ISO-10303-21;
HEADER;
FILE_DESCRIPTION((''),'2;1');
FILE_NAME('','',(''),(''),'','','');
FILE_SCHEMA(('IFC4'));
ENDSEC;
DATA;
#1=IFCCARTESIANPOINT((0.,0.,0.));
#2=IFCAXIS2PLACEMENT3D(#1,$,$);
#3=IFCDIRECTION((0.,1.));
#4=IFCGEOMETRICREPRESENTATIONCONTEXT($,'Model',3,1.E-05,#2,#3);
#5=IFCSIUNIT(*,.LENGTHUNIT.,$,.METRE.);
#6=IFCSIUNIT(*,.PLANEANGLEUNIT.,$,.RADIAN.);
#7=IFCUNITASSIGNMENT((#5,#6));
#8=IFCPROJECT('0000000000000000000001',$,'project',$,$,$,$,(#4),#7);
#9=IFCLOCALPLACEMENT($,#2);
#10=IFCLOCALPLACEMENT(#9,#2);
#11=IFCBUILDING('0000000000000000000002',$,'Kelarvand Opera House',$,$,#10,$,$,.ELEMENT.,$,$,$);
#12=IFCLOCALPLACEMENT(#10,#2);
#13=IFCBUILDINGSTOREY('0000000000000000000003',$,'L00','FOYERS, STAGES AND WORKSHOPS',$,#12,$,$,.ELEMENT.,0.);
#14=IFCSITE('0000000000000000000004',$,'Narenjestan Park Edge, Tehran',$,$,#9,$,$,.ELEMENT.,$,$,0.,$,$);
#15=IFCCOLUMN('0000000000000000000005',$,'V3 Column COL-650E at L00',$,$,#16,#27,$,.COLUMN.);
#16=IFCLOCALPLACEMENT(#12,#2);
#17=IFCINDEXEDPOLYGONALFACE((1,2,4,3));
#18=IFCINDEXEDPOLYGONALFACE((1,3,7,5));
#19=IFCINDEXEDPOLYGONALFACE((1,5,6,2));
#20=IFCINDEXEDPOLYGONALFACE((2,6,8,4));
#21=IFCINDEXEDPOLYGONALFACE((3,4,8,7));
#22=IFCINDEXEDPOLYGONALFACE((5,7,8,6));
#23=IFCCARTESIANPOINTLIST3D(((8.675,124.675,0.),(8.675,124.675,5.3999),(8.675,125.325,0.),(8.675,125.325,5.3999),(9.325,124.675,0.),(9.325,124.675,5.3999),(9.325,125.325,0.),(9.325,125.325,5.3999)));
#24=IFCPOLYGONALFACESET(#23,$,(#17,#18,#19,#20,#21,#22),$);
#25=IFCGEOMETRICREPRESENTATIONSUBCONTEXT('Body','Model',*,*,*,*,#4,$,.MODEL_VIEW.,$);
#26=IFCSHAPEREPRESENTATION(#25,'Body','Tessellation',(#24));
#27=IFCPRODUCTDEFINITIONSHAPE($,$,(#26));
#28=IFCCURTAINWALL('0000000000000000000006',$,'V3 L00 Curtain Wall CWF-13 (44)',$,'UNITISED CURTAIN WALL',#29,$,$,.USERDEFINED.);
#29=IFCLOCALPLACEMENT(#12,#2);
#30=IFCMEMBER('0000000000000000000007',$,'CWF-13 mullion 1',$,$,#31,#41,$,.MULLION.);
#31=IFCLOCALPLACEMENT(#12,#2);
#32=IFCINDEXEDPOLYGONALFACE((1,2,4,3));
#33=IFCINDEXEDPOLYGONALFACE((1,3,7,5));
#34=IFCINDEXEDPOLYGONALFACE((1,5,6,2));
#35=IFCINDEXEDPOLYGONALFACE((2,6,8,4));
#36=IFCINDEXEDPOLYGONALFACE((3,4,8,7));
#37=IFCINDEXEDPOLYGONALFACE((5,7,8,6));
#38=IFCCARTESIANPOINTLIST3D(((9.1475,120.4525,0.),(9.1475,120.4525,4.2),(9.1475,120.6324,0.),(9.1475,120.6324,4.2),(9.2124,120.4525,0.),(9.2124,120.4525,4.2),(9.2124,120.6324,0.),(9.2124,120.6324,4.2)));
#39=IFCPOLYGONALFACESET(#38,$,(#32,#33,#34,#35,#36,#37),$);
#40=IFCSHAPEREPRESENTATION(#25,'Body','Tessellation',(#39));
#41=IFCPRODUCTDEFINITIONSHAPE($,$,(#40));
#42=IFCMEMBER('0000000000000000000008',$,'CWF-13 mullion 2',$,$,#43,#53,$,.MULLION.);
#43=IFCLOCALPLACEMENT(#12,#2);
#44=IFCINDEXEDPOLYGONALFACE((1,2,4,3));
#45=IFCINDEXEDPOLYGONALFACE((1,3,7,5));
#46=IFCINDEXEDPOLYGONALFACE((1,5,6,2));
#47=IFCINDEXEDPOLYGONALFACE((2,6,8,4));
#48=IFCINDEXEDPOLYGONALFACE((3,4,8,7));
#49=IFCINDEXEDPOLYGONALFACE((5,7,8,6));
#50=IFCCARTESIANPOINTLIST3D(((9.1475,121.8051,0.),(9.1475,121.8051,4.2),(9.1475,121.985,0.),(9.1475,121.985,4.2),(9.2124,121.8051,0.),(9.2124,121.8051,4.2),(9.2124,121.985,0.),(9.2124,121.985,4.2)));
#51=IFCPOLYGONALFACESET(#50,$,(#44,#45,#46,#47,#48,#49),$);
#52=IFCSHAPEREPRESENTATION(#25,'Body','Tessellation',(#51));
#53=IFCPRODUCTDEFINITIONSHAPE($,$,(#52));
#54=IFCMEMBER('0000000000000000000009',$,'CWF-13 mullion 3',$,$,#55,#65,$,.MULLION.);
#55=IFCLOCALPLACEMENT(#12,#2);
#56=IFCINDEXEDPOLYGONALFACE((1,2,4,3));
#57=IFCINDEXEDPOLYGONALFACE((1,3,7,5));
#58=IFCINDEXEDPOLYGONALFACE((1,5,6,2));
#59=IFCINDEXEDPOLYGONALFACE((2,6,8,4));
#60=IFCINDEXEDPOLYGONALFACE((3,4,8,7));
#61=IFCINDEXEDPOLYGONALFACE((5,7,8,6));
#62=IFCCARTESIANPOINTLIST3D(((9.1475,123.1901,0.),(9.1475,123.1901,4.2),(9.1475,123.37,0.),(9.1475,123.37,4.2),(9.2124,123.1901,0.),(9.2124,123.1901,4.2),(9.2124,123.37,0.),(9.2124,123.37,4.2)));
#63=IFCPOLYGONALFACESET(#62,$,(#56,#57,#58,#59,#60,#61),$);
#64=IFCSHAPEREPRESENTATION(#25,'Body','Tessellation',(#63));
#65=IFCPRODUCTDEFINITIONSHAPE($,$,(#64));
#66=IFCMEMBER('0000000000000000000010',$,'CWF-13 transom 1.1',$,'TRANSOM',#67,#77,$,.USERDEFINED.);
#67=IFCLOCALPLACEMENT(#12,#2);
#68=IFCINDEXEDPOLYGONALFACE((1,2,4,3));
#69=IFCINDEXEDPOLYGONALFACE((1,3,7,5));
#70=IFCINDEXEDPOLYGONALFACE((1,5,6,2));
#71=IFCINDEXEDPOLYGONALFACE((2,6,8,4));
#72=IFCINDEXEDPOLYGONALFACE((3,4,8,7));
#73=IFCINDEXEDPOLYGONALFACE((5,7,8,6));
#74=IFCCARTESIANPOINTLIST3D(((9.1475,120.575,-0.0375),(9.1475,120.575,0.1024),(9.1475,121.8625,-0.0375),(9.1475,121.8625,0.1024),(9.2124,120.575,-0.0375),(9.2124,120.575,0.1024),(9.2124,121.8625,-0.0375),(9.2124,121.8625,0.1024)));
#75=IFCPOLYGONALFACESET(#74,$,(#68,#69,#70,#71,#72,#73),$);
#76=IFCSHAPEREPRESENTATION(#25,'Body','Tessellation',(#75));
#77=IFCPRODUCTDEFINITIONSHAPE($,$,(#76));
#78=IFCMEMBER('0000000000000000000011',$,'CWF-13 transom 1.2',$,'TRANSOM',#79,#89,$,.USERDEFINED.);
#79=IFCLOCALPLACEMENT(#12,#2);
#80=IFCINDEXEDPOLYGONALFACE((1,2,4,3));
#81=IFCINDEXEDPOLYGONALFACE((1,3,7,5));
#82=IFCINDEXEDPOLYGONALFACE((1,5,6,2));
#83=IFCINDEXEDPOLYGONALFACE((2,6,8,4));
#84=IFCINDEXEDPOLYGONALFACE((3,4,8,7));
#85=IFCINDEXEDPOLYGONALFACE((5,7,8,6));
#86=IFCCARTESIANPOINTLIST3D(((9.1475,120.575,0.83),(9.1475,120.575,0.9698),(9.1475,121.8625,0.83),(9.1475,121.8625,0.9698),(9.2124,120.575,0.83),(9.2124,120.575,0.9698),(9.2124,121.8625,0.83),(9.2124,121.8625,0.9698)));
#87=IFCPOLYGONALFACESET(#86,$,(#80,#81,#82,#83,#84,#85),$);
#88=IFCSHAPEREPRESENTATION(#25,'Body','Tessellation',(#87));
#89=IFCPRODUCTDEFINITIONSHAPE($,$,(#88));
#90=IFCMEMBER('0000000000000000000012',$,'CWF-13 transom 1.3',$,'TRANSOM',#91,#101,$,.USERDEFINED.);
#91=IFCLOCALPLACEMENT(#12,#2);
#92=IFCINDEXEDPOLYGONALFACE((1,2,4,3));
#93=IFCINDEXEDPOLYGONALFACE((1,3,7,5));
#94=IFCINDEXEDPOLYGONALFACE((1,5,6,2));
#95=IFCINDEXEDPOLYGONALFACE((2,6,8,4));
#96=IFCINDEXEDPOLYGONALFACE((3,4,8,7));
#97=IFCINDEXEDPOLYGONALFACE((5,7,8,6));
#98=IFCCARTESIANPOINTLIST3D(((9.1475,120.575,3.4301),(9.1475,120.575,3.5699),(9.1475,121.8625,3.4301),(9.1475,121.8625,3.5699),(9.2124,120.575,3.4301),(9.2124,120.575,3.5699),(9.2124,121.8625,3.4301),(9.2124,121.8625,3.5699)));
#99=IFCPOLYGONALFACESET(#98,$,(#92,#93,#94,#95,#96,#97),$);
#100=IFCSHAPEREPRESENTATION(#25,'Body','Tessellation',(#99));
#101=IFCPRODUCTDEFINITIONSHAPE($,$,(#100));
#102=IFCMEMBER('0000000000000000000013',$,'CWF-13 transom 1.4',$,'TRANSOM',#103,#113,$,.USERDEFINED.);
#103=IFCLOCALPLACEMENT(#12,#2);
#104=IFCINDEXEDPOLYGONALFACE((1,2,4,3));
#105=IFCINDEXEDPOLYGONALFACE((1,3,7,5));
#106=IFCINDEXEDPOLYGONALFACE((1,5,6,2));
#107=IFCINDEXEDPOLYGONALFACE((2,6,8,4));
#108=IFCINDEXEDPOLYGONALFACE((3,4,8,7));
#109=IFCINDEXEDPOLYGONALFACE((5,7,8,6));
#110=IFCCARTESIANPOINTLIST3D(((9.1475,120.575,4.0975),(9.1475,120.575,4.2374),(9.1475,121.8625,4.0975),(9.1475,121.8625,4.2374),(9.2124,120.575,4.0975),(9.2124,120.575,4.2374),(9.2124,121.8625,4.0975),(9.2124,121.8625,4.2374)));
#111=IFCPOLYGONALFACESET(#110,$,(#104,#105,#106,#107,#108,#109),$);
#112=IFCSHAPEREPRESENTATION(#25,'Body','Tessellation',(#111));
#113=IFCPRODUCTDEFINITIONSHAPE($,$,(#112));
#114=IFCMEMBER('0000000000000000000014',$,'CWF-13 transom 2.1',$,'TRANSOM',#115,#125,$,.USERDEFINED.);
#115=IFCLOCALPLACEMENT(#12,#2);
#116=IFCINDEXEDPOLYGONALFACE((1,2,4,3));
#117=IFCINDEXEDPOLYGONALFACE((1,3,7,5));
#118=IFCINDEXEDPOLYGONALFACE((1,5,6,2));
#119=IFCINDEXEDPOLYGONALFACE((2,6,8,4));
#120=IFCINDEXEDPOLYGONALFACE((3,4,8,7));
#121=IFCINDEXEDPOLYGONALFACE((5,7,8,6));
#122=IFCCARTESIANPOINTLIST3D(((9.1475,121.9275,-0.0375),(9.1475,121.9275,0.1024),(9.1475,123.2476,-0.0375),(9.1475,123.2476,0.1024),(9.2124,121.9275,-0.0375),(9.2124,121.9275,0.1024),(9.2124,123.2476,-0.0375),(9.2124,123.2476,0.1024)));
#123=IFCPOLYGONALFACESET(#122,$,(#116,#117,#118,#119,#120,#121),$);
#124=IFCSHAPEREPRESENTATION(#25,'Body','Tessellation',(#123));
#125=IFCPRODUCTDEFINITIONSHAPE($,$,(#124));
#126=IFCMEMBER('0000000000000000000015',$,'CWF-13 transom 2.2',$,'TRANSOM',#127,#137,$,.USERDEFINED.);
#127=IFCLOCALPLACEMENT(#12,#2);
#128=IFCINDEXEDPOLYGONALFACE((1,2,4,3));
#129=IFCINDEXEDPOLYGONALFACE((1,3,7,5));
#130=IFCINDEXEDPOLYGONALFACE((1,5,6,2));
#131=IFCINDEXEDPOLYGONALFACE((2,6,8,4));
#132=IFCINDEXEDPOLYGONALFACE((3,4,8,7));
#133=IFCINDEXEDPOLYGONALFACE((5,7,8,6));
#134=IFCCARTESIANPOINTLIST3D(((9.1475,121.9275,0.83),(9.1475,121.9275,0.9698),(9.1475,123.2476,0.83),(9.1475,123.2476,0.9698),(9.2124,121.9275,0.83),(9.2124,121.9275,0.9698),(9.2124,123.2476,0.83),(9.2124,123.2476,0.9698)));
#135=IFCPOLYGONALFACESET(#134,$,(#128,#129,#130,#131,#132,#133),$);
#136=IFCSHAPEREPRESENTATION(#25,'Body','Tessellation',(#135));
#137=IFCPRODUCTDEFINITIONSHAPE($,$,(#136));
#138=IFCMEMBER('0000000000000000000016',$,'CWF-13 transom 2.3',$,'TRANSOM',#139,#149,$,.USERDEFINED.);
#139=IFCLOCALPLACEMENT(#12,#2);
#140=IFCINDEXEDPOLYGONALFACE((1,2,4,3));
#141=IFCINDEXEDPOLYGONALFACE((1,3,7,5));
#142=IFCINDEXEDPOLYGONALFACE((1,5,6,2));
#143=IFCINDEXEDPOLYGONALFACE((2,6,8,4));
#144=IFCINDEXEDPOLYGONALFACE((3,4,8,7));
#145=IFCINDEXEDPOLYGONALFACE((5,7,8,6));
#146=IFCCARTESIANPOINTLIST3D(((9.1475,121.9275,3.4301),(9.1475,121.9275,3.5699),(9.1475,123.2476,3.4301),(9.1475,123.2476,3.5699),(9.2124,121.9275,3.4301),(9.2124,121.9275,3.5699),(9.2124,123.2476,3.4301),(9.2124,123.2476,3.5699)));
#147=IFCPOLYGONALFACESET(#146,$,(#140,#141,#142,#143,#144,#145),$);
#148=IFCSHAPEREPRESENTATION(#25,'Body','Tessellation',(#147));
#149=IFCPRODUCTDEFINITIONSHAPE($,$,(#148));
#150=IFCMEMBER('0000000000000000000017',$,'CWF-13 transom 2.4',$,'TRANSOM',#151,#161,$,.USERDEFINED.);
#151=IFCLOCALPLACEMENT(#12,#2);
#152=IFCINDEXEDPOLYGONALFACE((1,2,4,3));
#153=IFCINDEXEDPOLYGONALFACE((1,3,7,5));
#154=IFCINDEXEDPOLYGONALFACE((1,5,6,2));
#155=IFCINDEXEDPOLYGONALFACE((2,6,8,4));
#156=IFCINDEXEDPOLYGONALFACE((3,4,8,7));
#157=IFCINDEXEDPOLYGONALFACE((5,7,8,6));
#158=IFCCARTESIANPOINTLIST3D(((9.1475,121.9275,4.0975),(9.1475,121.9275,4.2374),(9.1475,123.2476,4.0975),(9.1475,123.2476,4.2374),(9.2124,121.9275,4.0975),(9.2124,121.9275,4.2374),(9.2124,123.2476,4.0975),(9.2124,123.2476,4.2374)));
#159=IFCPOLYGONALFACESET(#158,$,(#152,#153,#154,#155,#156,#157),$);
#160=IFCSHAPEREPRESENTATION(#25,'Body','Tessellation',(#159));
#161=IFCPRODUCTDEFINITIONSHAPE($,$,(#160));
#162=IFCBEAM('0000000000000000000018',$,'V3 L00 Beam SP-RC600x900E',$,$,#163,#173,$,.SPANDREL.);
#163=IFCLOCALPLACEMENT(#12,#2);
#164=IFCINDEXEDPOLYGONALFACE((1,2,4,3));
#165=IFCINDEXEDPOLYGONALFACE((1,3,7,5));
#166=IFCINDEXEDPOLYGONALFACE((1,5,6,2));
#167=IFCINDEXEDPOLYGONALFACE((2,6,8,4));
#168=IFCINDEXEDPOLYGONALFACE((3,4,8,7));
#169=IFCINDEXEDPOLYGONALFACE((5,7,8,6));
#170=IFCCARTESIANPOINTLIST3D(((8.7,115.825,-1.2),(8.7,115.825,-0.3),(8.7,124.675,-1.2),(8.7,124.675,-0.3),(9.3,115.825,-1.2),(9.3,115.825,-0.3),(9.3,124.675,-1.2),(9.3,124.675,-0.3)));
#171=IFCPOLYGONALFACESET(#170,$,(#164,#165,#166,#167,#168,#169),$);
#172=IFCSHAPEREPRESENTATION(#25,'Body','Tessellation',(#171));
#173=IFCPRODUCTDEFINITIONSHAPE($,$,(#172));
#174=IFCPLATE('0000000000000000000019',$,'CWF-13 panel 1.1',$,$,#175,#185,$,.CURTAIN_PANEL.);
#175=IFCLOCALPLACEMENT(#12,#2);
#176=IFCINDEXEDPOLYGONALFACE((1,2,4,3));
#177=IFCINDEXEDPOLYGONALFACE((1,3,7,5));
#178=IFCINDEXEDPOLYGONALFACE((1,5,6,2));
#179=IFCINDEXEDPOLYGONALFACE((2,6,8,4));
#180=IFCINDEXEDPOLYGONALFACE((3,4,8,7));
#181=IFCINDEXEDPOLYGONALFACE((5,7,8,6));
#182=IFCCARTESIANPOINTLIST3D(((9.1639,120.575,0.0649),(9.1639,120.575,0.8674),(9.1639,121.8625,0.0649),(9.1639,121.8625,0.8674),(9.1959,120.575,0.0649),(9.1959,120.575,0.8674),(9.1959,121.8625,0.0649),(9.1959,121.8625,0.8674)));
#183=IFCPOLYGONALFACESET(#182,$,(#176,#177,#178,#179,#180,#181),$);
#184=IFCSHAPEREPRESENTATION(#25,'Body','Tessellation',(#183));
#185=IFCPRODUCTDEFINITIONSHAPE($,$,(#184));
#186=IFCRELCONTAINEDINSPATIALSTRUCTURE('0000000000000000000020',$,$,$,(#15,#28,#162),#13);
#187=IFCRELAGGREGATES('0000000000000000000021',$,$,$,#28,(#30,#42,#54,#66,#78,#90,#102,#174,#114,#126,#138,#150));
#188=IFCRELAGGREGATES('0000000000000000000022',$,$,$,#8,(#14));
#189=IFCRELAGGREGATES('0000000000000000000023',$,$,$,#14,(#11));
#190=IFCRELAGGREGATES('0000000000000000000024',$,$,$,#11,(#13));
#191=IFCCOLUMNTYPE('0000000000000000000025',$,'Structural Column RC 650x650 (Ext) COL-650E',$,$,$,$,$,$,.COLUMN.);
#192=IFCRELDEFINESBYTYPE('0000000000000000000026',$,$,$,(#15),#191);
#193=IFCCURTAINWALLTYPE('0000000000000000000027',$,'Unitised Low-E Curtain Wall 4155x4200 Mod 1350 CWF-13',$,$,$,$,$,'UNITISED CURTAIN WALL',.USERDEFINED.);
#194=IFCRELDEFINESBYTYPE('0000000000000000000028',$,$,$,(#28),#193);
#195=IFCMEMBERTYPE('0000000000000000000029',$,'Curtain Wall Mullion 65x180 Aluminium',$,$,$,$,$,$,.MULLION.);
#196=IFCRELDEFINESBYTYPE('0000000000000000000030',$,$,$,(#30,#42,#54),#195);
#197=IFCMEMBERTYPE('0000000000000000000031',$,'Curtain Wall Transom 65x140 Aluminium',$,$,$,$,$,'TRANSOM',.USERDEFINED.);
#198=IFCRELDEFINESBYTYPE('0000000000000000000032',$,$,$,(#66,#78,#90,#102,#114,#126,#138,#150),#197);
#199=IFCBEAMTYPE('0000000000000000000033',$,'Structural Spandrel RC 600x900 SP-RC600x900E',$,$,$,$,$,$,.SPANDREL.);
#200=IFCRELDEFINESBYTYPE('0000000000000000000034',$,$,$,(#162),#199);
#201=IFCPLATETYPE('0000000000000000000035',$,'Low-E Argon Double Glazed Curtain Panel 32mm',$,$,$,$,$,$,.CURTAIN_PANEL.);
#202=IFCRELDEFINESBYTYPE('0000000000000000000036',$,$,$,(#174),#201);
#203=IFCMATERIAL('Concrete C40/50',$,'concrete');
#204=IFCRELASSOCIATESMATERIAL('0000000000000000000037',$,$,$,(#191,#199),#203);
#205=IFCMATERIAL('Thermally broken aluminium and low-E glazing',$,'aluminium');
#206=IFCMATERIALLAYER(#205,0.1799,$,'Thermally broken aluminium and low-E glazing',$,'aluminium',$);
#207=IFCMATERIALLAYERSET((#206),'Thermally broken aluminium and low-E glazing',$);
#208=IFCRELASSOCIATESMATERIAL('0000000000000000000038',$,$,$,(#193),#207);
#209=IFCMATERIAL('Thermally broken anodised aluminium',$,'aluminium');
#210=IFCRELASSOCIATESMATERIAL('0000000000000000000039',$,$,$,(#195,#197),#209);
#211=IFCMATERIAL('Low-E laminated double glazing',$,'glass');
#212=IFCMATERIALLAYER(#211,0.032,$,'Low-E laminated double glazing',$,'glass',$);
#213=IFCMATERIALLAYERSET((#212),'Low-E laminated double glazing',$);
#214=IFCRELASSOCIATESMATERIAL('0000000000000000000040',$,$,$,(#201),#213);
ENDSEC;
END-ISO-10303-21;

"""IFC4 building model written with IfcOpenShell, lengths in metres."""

from ifc_helpers import new_model, si_unit, direction, frame, origin, origin_2d, place, context, subcontext, project, spatial, rectangle, extrude, material, layer, layer_set, material_profile, profile_set, type_object, element, aggregate, save


model = new_model("IFC4")

# Units and contexts
model_context = context("Model", 3, precision=1e-05, world=origin(), true_north=direction((0.0, 1.0)))
body_context = subcontext(model_context, "Body", "Model", "MODEL_VIEW")
ifc_project = project(units=[si_unit("LENGTHUNIT", "METRE"), si_unit("PLANEANGLEUNIT", "RADIAN")], contexts=[model_context])

# Site, building, storey
site_placement = place(None, origin())
site = spatial("IfcSite", under=ifc_project, at=site_placement, Name="Narenjestan Park Edge, Tehran", CompositionType="ELEMENT", RefElevation=0.0)
building_placement = place(site_placement, origin())
building = spatial("IfcBuilding", under=site, at=building_placement, Name="Kelarvand Opera House", CompositionType="ELEMENT")
storey_placement = place(building_placement, origin())
storey = spatial("IfcBuildingStorey", under=building, at=storey_placement, Name="L00", Description="FOYERS, STAGES AND WORKSHOPS", CompositionType="ELEMENT", Elevation=0.0)

# Column
ifc_material_1 = material(Name="Concrete C40/50", Category="concrete")
ifc_material_profile_1 = material_profile(ifc_material_1, rectangle(XDim=0.6499, YDim=0.6499, at=origin_2d()), Name="RC 650x650", Category="concrete")
ifc_profile_set_1 = profile_set([ifc_material_profile_1], Name="Concrete C40/50")
column_type = type_object("IfcColumnType", Name="Structural Column RC 650x650 (Ext) COL-650E", PredefinedType="COLUMN", material=ifc_profile_set_1)
column_placement = place(storey_placement, frame((9.0, 125.0, 0.0), z_axis=(0.0, 0.0, 1.0), x_axis=(1.0, 0.0, 0.0)))
element("IfcColumn", 1, at=column_placement, inside=storey, type_object=column_type, Name="V3 Column COL-650E at L00", PredefinedType="COLUMN", context=body_context, shape_type="SweptSolid", body=[
    extrude(rectangle(XDim=0.6499, YDim=0.6499, at=origin_2d()), origin(), (0.0, 0.0, 1.0), 5.3999),
])

# Curtain wall, members
ifc_material_2 = material(Name="Thermally broken aluminium and low-E glazing", Category="aluminium")
ifc_layer_1 = layer(ifc_material_2, 0.1799, Name="Thermally broken aluminium and low-E glazing", Category="aluminium")
ifc_layer_set_1 = layer_set([ifc_layer_1], Name="Thermally broken aluminium and low-E glazing")
curtain_wall_type = type_object("IfcCurtainWallType", Name="Unitised Low-E Curtain Wall 4155x4200 Mod 1350 CWF-13", ElementType="UNITISED CURTAIN WALL", PredefinedType="USERDEFINED", material=ifc_layer_set_1)
curtain_wall_placement = place(storey_placement, origin())
curtain_wall = element("IfcCurtainWall", 2, at=curtain_wall_placement, inside=storey, type_object=curtain_wall_type, Name="V3 L00 Curtain Wall CWF-13 (44)", ObjectType="UNITISED CURTAIN WALL", PredefinedType="USERDEFINED")
ifc_material_3 = material(Name="Thermally broken anodised aluminium", Category="aluminium")
ifc_material_profile_2 = material_profile(ifc_material_3, rectangle(XDim=0.0649, YDim=0.1799, at=origin_2d()), Name="ALU MULLION 65x180", Category="aluminium")
ifc_profile_set_2 = profile_set([ifc_material_profile_2], Name="Thermally broken anodised aluminium")
member_type_1 = type_object("IfcMemberType", Name="Curtain Wall Mullion 65x180 Aluminium", PredefinedType="MULLION", material=ifc_profile_set_2)
member_1_placement = place(storey_placement, frame((9.1799, 120.5425, 0.0), z_axis=(0.0, 0.0, 1.0), x_axis=(-1.0, 0.0, 0.0)))
member_1 = element("IfcMember", 3, at=member_1_placement, type_object=member_type_1, Name="CWF-13 mullion 1", PredefinedType="MULLION", context=body_context, shape_type="SweptSolid", body=[
    extrude(rectangle(XDim=0.0649, YDim=0.1799, at=origin_2d()), origin(), (0.0, 0.0, 1.0), 4.2),
])
member_2_placement = place(storey_placement, frame((9.1799, 121.895, 0.0), z_axis=(0.0, 0.0, 1.0), x_axis=(-1.0, 0.0, 0.0)))
member_2 = element("IfcMember", 4, at=member_2_placement, type_object=member_type_1, Name="CWF-13 mullion 2", PredefinedType="MULLION", context=body_context, shape_type="SweptSolid", body=[
    extrude(rectangle(XDim=0.0649, YDim=0.1799, at=origin_2d()), origin(), (0.0, 0.0, 1.0), 4.2),
])
member_3_placement = place(storey_placement, frame((9.1799, 123.28, 0.0), z_axis=(0.0, 0.0, 1.0), x_axis=(-1.0, 0.0, 0.0)))
member_3 = element("IfcMember", 5, at=member_3_placement, type_object=member_type_1, Name="CWF-13 mullion 3", PredefinedType="MULLION", context=body_context, shape_type="SweptSolid", body=[
    extrude(rectangle(XDim=0.0649, YDim=0.1799, at=origin_2d()), origin(), (0.0, 0.0, 1.0), 4.2),
])
ifc_material_profile_3 = material_profile(ifc_material_3, rectangle(XDim=0.0649, YDim=0.1399, at=origin_2d()), Name="ALU TRANSOM 65x140", Category="aluminium")
ifc_profile_set_3 = profile_set([ifc_material_profile_3], Name="Thermally broken anodised aluminium")
member_type_2 = type_object("IfcMemberType", Name="Curtain Wall Transom 65x140 Aluminium", ElementType="TRANSOM", PredefinedType="USERDEFINED", material=ifc_profile_set_3)
member_4_placement = place(storey_placement, frame((9.1799, 120.575, 0.0325), z_axis=(0.0, 1.0, 0.0), x_axis=(-1.0, 0.0, 0.0)))
member_4 = element("IfcMember", 6, at=member_4_placement, type_object=member_type_2, Name="CWF-13 transom 1.1", ObjectType="TRANSOM", PredefinedType="USERDEFINED", context=body_context, shape_type="SweptSolid", body=[
    extrude(rectangle(XDim=0.0649, YDim=0.1399, at=origin_2d()), origin(), (0.0, 0.0, 1.0), 1.2876),
])
member_5_placement = place(storey_placement, frame((9.1799, 120.575, 0.8999), z_axis=(0.0, 1.0, 0.0), x_axis=(-1.0, 0.0, 0.0)))
member_5 = element("IfcMember", 7, at=member_5_placement, type_object=member_type_2, Name="CWF-13 transom 1.2", ObjectType="TRANSOM", PredefinedType="USERDEFINED", context=body_context, shape_type="SweptSolid", body=[
    extrude(rectangle(XDim=0.0649, YDim=0.1399, at=origin_2d()), origin(), (0.0, 0.0, 1.0), 1.2876),
])
member_6_placement = place(storey_placement, frame((9.1799, 120.575, 3.5), z_axis=(0.0, 1.0, 0.0), x_axis=(-1.0, 0.0, 0.0)))
member_6 = element("IfcMember", 8, at=member_6_placement, type_object=member_type_2, Name="CWF-13 transom 1.3", ObjectType="TRANSOM", PredefinedType="USERDEFINED", context=body_context, shape_type="SweptSolid", body=[
    extrude(rectangle(XDim=0.0649, YDim=0.1399, at=origin_2d()), origin(), (0.0, 0.0, 1.0), 1.2876),
])
member_7_placement = place(storey_placement, frame((9.1799, 120.575, 4.1675), z_axis=(0.0, 1.0, 0.0), x_axis=(-1.0, 0.0, 0.0)))
member_7 = element("IfcMember", 9, at=member_7_placement, type_object=member_type_2, Name="CWF-13 transom 1.4", ObjectType="TRANSOM", PredefinedType="USERDEFINED", context=body_context, shape_type="SweptSolid", body=[
    extrude(rectangle(XDim=0.0649, YDim=0.1399, at=origin_2d()), origin(), (0.0, 0.0, 1.0), 1.2876),
])
member_8_placement = place(storey_placement, frame((9.1799, 121.9275, 0.0325), z_axis=(0.0, 1.0, 0.0), x_axis=(-1.0, 0.0, 0.0)))
member_8 = element("IfcMember", 10, at=member_8_placement, type_object=member_type_2, Name="CWF-13 transom 2.1", ObjectType="TRANSOM", PredefinedType="USERDEFINED", context=body_context, shape_type="SweptSolid", body=[
    extrude(rectangle(XDim=0.0649, YDim=0.1399, at=origin_2d()), origin(), (0.0, 0.0, 1.0), 1.3201),
])
member_9_placement = place(storey_placement, frame((9.1799, 121.9275, 0.8999), z_axis=(0.0, 1.0, 0.0), x_axis=(-1.0, 0.0, 0.0)))
member_9 = element("IfcMember", 11, at=member_9_placement, type_object=member_type_2, Name="CWF-13 transom 2.2", ObjectType="TRANSOM", PredefinedType="USERDEFINED", context=body_context, shape_type="SweptSolid", body=[
    extrude(rectangle(XDim=0.0649, YDim=0.1399, at=origin_2d()), origin(), (0.0, 0.0, 1.0), 1.3201),
])
member_10_placement = place(storey_placement, frame((9.1799, 121.9275, 3.5), z_axis=(0.0, 1.0, 0.0), x_axis=(-1.0, 0.0, 0.0)))
member_10 = element("IfcMember", 12, at=member_10_placement, type_object=member_type_2, Name="CWF-13 transom 2.3", ObjectType="TRANSOM", PredefinedType="USERDEFINED", context=body_context, shape_type="SweptSolid", body=[
    extrude(rectangle(XDim=0.0649, YDim=0.1399, at=origin_2d()), origin(), (0.0, 0.0, 1.0), 1.3201),
])
member_11_placement = place(storey_placement, frame((9.1799, 121.9275, 4.1675), z_axis=(0.0, 1.0, 0.0), x_axis=(-1.0, 0.0, 0.0)))
member_11 = element("IfcMember", 13, at=member_11_placement, type_object=member_type_2, Name="CWF-13 transom 2.4", ObjectType="TRANSOM", PredefinedType="USERDEFINED", context=body_context, shape_type="SweptSolid", body=[
    extrude(rectangle(XDim=0.0649, YDim=0.1399, at=origin_2d()), origin(), (0.0, 0.0, 1.0), 1.3201),
])

# Beam
ifc_material_profile_4 = material_profile(ifc_material_1, rectangle(XDim=0.6001, YDim=0.8999, at=origin_2d()), Name="RC 600x900", Category="concrete")
ifc_profile_set_4 = profile_set([ifc_material_profile_4], Name="Concrete C40/50")
beam_type = type_object("IfcBeamType", Name="Structural Spandrel RC 600x900 SP-RC600x900E", PredefinedType="SPANDREL", material=ifc_profile_set_4)
beam_placement = place(storey_placement, frame((9.0, 115.825, -0.75), z_axis=(0.0, 1.0, 0.0), x_axis=(-1.0, 0.0, 0.0)))
element("IfcBeam", 14, at=beam_placement, inside=storey, type_object=beam_type, Name="V3 L00 Beam SP-RC600x900E", PredefinedType="SPANDREL", context=body_context, shape_type="SweptSolid", body=[
    extrude(rectangle(XDim=0.6001, YDim=0.8999, at=origin_2d()), origin(), (0.0, 0.0, 1.0), 8.8501),
])

# Plate
ifc_material_4 = material(Name="Low-E laminated double glazing", Category="glass")
ifc_layer_2 = layer(ifc_material_4, 0.032, Name="Low-E laminated double glazing", Category="glass")
ifc_layer_set_2 = layer_set([ifc_layer_2], Name="Low-E laminated double glazing")
plate_type = type_object("IfcPlateType", Name="Low-E Argon Double Glazed Curtain Panel 32mm", PredefinedType="CURTAIN_PANEL", material=ifc_layer_set_2)
plate_1_placement = place(storey_placement, frame((9.1799, 121.2188, 0.0649), z_axis=(0.0, 0.0, 1.0), x_axis=(0.0, 1.0, 0.0)))
plate_1 = element("IfcPlate", 15, at=plate_1_placement, type_object=plate_type, Name="CWF-13 panel 1.1", PredefinedType="CURTAIN_PANEL", context=body_context, shape_type="SweptSolid", body=[
    extrude(rectangle(XDim=1.2876, YDim=0.032, at=origin_2d()), origin(), (0.0, 0.0, 1.0), 0.8025),
])
aggregate(curtain_wall, [member_1, member_2, member_3, member_4, member_5, member_6, member_7, plate_1, member_8, member_9, member_10, member_11])

save(model, "model.ifc")
